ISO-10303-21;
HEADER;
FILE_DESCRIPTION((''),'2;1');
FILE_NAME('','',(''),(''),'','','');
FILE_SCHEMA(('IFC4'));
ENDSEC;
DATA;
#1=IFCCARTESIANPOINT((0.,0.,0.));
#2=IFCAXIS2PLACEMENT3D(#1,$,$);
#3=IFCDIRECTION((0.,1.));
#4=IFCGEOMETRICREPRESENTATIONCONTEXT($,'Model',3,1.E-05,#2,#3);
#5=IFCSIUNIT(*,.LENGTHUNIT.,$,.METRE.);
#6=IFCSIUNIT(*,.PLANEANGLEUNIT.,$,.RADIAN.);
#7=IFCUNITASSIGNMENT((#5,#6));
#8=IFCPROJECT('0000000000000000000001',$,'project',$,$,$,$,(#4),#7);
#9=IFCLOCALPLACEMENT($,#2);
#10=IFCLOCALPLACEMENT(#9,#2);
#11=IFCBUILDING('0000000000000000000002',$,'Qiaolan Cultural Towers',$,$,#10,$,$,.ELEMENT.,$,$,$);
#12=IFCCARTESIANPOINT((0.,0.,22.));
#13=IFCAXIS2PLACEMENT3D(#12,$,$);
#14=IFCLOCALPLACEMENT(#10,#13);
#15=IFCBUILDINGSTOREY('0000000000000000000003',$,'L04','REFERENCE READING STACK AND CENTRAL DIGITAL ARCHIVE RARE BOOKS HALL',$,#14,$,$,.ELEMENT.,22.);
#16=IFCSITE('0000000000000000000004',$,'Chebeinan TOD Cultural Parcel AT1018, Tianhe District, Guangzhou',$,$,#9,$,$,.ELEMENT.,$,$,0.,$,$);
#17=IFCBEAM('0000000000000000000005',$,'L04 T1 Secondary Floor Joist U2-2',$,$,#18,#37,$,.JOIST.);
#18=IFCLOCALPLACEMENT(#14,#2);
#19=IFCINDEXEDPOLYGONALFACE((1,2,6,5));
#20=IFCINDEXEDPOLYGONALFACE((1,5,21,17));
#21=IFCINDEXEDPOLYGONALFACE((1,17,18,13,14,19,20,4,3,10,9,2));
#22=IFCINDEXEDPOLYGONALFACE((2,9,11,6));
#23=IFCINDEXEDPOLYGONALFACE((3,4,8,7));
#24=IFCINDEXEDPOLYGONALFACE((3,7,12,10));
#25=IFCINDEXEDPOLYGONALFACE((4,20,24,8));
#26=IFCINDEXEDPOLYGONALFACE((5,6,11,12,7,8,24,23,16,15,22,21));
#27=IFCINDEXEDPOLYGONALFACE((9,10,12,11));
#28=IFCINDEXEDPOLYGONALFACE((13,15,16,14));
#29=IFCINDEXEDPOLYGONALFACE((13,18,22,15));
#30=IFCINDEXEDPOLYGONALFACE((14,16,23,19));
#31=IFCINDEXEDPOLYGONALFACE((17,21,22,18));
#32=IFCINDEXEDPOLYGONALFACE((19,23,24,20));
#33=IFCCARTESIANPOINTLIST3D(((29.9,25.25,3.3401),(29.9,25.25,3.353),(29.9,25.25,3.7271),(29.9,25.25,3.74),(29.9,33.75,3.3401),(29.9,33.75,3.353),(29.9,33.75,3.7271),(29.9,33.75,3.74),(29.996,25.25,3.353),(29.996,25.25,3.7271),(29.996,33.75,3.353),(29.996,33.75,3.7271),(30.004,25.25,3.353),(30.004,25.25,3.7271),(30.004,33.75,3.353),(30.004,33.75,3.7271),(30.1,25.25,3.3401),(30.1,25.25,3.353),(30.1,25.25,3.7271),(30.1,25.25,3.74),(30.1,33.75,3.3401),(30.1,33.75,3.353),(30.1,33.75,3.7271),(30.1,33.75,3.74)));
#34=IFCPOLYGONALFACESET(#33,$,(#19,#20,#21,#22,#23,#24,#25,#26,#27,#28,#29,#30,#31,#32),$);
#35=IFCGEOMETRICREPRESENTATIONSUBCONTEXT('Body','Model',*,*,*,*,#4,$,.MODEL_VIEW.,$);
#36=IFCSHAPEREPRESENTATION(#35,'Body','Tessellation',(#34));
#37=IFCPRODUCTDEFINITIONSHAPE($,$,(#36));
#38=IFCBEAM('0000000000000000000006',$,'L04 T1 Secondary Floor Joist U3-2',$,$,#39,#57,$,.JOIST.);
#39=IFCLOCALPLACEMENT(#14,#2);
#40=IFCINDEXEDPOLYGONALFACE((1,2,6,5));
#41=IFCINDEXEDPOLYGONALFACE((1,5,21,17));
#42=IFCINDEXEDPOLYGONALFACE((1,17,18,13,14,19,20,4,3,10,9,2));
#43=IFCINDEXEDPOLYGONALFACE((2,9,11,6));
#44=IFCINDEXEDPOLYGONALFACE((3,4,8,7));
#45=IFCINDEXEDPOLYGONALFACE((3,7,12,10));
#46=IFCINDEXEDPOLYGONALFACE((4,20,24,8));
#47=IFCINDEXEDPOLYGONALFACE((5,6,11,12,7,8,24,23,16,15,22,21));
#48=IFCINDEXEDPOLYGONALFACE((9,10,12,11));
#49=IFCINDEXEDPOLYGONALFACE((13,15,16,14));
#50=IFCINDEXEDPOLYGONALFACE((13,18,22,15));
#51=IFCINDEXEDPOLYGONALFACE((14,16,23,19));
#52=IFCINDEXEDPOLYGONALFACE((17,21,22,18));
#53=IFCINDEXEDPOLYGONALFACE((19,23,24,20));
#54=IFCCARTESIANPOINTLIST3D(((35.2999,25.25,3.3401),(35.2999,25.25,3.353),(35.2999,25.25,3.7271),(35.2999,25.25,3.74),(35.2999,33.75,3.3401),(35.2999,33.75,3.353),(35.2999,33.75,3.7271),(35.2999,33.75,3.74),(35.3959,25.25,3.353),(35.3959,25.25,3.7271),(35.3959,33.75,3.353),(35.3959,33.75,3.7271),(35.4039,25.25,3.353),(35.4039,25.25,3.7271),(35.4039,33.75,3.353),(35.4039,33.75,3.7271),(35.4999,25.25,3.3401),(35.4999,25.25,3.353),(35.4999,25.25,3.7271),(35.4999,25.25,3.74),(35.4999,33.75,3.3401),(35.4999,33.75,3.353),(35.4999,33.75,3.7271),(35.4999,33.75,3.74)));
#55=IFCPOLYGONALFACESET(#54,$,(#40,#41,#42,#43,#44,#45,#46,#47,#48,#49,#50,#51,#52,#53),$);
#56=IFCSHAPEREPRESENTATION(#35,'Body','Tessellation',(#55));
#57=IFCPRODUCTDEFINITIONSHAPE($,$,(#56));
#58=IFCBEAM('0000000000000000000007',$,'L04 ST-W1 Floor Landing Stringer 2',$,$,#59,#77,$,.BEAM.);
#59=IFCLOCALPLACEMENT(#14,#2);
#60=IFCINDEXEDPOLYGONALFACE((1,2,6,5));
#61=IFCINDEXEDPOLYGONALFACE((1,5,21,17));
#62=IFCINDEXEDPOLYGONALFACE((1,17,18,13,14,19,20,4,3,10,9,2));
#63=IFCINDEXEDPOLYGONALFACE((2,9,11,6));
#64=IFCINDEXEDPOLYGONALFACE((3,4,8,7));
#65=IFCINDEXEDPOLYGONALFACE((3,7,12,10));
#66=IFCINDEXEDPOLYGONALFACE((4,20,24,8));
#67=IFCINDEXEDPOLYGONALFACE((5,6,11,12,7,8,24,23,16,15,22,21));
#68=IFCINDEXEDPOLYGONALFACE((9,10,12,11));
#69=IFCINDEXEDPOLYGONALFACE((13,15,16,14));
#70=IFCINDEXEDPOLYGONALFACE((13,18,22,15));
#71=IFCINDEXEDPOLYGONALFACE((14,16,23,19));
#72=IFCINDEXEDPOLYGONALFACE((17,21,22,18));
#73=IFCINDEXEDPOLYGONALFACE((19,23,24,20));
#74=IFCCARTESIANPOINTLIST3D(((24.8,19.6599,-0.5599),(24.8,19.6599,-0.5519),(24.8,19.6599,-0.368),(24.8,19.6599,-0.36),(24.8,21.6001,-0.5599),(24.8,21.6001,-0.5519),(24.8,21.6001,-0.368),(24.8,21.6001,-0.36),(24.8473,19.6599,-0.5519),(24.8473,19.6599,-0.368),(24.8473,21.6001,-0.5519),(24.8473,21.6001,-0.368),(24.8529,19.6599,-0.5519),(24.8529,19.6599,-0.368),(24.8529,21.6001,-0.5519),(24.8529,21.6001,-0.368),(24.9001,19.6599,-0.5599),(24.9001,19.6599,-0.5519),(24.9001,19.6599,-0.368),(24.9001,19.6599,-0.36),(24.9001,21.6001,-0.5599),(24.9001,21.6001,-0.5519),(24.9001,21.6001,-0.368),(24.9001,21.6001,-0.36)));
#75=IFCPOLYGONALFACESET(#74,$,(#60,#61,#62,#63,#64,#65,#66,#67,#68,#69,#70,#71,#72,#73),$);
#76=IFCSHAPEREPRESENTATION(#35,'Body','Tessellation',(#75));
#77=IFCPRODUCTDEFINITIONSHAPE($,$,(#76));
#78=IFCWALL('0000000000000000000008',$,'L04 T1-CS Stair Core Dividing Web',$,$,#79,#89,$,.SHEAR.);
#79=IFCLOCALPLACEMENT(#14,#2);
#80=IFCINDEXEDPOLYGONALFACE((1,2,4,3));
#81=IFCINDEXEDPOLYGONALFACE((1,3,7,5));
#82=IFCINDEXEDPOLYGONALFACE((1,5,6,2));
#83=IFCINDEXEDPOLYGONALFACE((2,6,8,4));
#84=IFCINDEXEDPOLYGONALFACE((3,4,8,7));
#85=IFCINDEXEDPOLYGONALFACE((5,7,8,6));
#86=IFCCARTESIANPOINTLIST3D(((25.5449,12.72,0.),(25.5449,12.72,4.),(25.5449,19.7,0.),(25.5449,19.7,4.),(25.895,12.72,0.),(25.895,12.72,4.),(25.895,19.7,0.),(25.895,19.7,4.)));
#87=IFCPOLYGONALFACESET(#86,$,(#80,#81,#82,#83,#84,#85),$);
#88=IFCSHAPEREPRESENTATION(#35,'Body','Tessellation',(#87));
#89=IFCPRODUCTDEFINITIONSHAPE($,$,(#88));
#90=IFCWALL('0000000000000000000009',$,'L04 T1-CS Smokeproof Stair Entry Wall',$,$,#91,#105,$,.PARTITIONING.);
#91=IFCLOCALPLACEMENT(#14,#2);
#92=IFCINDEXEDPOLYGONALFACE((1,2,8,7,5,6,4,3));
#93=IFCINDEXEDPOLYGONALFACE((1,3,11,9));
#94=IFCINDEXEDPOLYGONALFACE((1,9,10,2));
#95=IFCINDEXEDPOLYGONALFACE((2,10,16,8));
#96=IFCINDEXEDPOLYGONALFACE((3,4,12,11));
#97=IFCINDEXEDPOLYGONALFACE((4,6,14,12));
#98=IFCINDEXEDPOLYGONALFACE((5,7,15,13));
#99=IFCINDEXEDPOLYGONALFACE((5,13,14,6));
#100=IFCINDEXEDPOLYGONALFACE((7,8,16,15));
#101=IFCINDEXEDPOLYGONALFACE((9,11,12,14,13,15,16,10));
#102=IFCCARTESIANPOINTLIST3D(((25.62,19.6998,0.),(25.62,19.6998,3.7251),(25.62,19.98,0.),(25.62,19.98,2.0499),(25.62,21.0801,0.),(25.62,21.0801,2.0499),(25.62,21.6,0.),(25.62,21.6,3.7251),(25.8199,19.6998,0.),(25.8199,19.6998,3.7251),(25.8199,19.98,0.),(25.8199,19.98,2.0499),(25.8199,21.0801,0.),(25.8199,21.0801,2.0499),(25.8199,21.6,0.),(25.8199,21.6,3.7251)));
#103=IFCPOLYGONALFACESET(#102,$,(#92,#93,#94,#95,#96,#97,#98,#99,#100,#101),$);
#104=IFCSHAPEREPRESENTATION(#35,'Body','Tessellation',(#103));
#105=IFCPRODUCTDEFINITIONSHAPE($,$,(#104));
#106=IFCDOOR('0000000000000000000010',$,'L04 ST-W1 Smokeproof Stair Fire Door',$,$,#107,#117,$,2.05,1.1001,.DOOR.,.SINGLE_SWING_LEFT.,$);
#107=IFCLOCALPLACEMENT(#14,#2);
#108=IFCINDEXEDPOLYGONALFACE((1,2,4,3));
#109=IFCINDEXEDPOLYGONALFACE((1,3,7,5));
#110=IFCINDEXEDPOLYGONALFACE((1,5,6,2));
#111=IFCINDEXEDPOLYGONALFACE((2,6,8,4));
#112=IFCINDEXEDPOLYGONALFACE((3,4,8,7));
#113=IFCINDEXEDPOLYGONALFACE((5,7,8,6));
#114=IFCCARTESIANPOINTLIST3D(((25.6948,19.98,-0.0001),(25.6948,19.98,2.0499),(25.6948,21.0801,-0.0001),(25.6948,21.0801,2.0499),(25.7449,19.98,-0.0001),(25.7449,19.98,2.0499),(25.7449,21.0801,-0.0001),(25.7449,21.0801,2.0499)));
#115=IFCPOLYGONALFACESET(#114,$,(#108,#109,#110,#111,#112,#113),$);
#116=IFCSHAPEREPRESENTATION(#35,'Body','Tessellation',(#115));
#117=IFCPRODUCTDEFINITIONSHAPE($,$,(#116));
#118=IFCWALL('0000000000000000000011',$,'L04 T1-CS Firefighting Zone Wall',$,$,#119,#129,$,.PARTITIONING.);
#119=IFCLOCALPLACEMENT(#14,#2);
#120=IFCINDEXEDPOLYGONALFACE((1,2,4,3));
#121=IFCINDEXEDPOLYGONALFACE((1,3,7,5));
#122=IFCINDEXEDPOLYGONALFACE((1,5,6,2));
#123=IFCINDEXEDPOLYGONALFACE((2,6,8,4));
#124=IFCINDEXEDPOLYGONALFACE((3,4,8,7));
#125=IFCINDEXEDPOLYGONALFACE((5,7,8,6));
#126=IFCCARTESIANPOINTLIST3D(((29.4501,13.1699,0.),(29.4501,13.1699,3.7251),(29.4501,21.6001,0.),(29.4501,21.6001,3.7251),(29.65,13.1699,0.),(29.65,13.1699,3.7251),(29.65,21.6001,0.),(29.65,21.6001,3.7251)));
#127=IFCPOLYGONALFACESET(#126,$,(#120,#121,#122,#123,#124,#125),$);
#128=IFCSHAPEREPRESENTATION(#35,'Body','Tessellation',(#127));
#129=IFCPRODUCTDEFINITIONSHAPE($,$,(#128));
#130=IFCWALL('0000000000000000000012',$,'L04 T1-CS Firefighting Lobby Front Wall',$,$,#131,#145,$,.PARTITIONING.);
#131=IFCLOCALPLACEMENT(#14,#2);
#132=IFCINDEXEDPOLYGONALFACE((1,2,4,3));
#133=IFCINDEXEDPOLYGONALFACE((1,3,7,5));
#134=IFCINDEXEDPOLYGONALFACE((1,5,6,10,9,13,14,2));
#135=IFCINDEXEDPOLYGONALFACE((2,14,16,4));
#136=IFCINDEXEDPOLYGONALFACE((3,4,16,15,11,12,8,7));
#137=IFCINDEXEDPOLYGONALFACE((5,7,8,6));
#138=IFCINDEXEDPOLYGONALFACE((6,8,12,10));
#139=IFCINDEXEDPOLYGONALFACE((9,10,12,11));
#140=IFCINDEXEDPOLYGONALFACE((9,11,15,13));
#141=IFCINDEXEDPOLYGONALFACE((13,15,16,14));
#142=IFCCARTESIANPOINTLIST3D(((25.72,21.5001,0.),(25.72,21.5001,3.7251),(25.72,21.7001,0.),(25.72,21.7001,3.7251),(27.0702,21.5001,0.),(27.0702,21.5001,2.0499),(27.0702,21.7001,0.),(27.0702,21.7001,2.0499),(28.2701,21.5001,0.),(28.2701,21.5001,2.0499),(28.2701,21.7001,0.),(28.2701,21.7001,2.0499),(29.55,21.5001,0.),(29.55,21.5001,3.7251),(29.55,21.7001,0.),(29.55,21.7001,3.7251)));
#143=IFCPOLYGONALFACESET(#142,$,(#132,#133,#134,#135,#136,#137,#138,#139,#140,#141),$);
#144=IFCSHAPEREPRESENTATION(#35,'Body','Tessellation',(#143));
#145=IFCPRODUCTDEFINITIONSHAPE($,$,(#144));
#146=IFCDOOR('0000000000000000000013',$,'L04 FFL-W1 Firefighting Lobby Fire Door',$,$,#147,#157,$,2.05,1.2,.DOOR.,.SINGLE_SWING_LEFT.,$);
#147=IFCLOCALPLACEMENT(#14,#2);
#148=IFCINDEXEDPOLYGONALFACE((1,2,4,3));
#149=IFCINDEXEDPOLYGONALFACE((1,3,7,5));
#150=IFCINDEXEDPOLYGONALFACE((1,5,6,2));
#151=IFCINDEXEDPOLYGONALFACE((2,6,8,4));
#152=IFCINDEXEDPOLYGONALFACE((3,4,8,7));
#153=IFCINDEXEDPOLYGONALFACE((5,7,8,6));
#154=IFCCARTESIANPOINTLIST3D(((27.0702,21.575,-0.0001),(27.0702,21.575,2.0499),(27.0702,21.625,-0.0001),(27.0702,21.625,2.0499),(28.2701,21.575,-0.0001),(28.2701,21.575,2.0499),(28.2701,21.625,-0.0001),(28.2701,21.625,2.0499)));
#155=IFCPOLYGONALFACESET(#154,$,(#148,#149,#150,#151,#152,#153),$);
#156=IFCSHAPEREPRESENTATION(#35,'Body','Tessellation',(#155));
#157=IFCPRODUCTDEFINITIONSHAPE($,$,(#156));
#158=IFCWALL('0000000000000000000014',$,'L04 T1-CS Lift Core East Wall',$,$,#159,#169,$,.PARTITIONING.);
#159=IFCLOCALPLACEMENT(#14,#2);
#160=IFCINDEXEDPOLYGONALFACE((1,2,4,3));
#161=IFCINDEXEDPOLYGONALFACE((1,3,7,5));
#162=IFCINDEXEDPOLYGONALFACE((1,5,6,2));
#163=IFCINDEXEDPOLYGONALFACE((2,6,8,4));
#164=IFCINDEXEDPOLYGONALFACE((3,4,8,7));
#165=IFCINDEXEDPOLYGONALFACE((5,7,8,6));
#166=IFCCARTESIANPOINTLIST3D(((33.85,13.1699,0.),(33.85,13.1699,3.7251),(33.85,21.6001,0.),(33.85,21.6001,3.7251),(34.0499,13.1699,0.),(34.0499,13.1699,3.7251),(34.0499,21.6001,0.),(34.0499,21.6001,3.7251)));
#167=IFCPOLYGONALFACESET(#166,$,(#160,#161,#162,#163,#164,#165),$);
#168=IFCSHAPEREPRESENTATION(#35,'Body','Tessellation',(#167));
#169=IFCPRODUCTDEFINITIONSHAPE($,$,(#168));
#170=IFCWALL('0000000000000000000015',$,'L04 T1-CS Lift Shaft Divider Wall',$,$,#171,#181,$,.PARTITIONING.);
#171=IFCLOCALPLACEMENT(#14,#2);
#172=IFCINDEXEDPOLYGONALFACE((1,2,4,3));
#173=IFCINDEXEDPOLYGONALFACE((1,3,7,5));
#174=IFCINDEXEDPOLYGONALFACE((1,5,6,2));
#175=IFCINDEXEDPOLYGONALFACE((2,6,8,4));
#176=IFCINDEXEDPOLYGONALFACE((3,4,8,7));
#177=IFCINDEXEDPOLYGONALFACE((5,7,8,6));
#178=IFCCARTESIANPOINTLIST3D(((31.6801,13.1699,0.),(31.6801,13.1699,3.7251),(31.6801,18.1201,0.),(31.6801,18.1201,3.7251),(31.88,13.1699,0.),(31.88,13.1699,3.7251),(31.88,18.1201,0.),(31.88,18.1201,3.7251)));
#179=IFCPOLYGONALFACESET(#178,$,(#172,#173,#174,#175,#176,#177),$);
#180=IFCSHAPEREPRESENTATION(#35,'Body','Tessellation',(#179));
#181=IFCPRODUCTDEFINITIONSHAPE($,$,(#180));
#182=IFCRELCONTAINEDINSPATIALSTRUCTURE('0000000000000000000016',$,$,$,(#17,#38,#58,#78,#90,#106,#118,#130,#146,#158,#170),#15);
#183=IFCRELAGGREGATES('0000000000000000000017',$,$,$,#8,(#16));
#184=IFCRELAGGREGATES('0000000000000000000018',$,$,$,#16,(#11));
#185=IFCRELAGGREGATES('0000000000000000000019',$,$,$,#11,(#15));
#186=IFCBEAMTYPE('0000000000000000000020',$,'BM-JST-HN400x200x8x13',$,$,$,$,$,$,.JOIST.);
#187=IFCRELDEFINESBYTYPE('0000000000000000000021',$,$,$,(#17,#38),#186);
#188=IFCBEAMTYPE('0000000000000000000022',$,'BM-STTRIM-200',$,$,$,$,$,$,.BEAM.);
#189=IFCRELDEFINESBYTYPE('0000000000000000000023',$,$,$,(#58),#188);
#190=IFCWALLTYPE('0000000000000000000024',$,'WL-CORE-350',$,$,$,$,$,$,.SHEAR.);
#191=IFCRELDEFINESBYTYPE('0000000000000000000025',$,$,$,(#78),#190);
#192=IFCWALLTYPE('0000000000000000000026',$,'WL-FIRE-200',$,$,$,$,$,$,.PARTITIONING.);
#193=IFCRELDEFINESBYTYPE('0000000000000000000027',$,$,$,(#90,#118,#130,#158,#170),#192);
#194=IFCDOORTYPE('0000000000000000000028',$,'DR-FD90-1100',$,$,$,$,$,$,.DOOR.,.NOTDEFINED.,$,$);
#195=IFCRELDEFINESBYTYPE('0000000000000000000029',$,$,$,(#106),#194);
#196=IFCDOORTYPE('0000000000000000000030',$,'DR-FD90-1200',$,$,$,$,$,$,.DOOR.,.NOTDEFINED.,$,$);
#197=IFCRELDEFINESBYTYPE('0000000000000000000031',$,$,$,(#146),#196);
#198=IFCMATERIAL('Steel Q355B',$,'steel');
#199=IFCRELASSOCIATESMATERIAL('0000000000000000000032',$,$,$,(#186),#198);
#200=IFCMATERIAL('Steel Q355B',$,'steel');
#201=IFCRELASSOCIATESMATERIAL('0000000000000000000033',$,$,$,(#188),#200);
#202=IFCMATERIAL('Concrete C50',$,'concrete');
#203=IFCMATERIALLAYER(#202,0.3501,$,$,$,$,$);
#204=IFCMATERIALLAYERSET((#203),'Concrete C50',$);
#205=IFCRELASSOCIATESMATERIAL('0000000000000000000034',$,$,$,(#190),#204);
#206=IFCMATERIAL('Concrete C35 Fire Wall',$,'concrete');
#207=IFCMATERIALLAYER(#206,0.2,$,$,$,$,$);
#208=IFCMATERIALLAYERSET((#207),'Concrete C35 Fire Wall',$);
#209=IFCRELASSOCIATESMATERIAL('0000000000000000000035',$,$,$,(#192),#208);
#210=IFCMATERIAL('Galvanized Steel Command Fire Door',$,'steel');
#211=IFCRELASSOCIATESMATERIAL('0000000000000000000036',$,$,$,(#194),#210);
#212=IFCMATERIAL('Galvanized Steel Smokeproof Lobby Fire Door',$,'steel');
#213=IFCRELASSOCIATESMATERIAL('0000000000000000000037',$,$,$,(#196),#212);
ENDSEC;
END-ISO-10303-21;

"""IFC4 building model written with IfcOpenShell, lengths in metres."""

from ifc_helpers import new_model, si_unit, direction, frame, frame_2d, origin, origin_2d, place, context, subcontext, project, spatial, rectangle, i_section, extrude, material, layer, layer_set, material_profile, profile_set, type_object, element, fill, save


model = new_model("IFC4")

# Units and contexts
model_context = context("Model", 3, precision=1e-05, world=origin(), true_north=direction((0.0, 1.0)))
body_context = subcontext(model_context, "Body", "Model", "MODEL_VIEW")
ifc_project = project(units=[si_unit("LENGTHUNIT", "METRE"), si_unit("PLANEANGLEUNIT", "RADIAN")], contexts=[model_context])

# Site, building, storey
site_placement = place(None, origin())
site = spatial("IfcSite", under=ifc_project, at=site_placement, Name="Chebeinan TOD Cultural Parcel AT1018, Tianhe District, Guangzhou", CompositionType="ELEMENT", RefElevation=0.0)
building_placement = place(site_placement, origin())
building = spatial("IfcBuilding", under=site, at=building_placement, Name="Qiaolan Cultural Towers", CompositionType="ELEMENT")
storey_placement = place(building_placement, frame((0.0, 0.0, 22.0)))
storey = spatial("IfcBuildingStorey", under=building, at=storey_placement, Name="L04", Description="REFERENCE READING STACK AND CENTRAL DIGITAL ARCHIVE RARE BOOKS HALL", CompositionType="ELEMENT", Elevation=22.0)

# Beams
ifc_material_1 = material(Name="Steel Q355B", Category="steel")
ifc_material_profile_1 = material_profile(ifc_material_1, i_section(OverallWidth=0.2, OverallDepth=0.3999, WebThickness=0.0081, FlangeThickness=0.0129, at=origin_2d()), Name="HN400x200x8x13")
ifc_profile_set_1 = profile_set([ifc_material_profile_1], Name="Steel Q355B")
beam_type_1 = type_object("IfcBeamType", Name="BM-JST-HN400x200x8x13", PredefinedType="JOIST", material=ifc_profile_set_1)
for number, where, z_axis, x_axis, name in (
    (1, (30.0, 25.25, 3.54), (0.0, 1.0, 0.0), (-1.0, 0.0, 0.0), "L04 T1 Secondary Floor Joist U2-2"),
    (2, (35.3999, 25.25, 3.54), (0.0, 1.0, 0.0), (-1.0, 0.0, 0.0), "L04 T1 Secondary Floor Joist U3-2"),
):
    element("IfcBeam", number, at=place(storey_placement, frame(where, z_axis=z_axis, x_axis=x_axis)), inside=storey, type_object=beam_type_1, Name=name, PredefinedType="JOIST", context=body_context, shape_type="SweptSolid", body=[
        extrude(i_section(OverallWidth=0.2, OverallDepth=0.3999, WebThickness=0.0081, FlangeThickness=0.0129, at=origin_2d()), origin(), (0.0, 0.0, 1.0), 8.5),
    ])
ifc_material_2 = material(Name="Steel Q355B", Category="steel")
ifc_material_profile_2 = material_profile(ifc_material_2, i_section(OverallWidth=0.1001, OverallDepth=0.2, WebThickness=0.0056, FlangeThickness=0.0081, at=origin_2d()), Name="HN200x100x5.5x8")
ifc_profile_set_2 = profile_set([ifc_material_profile_2], Name="Steel Q355B")
beam_type_2 = type_object("IfcBeamType", Name="BM-STTRIM-200", PredefinedType="BEAM", material=ifc_profile_set_2)
beam_placement = place(storey_placement, frame((24.8501, 21.6001, -0.46), z_axis=(0.0, -1.0, 0.0), x_axis=(1.0, 0.0, 0.0)))
element("IfcBeam", 3, at=beam_placement, inside=storey, type_object=beam_type_2, Name="L04 ST-W1 Floor Landing Stringer 2", PredefinedType="BEAM", context=body_context, shape_type="SweptSolid", body=[
    extrude(i_section(OverallWidth=0.1001, OverallDepth=0.2, WebThickness=0.0056, FlangeThickness=0.0081, at=origin_2d()), origin(), (0.0, 0.0, 1.0), 1.9402),
])

# Wall
ifc_material_3 = material(Name="Concrete C50", Category="concrete")
ifc_layer_1 = layer(ifc_material_3, 0.3501)
ifc_layer_set_1 = layer_set([ifc_layer_1], Name="Concrete C50")
wall_type_1 = type_object("IfcWallType", Name="WL-CORE-350", PredefinedType="SHEAR", material=ifc_layer_set_1)
wall_1_placement = place(storey_placement, frame((25.72, 19.7, 0.0), z_axis=(0.0, 0.0, 1.0), x_axis=(0.0, -1.0, 0.0)))
element("IfcWall", 4, at=wall_1_placement, inside=storey, type_object=wall_type_1, Name="L04 T1-CS Stair Core Dividing Web", PredefinedType="SHEAR", context=body_context, shape_type="SweptSolid", body=[
    extrude(rectangle(XDim=6.98, YDim=0.3501, at=frame_2d((3.49, 0.0))), origin(), (0.0, 0.0, 1.0), 4.0),
])

# Wall, opening, door
ifc_material_4 = material(Name="Concrete C35 Fire Wall", Category="concrete")
ifc_layer_2 = layer(ifc_material_4, 0.2)
ifc_layer_set_2 = layer_set([ifc_layer_2], Name="Concrete C35 Fire Wall")
wall_type_2 = type_object("IfcWallType", Name="WL-FIRE-200", PredefinedType="PARTITIONING", material=ifc_layer_set_2)
wall_2_placement = place(storey_placement, frame((25.72, 21.6001, 0.0), z_axis=(0.0, 0.0, 1.0), x_axis=(0.0, -1.0, 0.0)))
wall_2 = element("IfcWall", 5, at=wall_2_placement, inside=storey, type_object=wall_type_2, Name="L04 T1-CS Smokeproof Stair Entry Wall", PredefinedType="PARTITIONING", context=body_context, shape_type="SweptSolid", body=[
    extrude(rectangle(XDim=1.9001, YDim=0.2, at=frame_2d((0.9502, 0.0))), origin(), (0.0, 0.0, 1.0), 3.7251),
])
opening_1_placement = place(wall_2_placement, frame((0.52, 0.0, 0.0)))
opening_1 = element("IfcOpeningElement", 6, at=opening_1_placement, cuts=wall_2, PredefinedType="OPENING", context=body_context, shape_type="SweptSolid", body=[
    extrude(rectangle(XDim=1.1001, YDim=2.05, at=frame_2d((0.55, 1.0249))), frame((0.0, 0.1099, 0.0), z_axis=(0.0, -1.0, 0.0), x_axis=(1.0, 0.0, 0.0)), (0.0, 0.0, 1.0), 0.22),
])
ifc_material_5 = material(Name="Galvanized Steel Command Fire Door", Category="steel")
door_type_1 = type_object("IfcDoorType", Name="DR-FD90-1100", OperationType="NOTDEFINED", PredefinedType="DOOR", material=ifc_material_5)
door_1_placement = place(opening_1_placement, origin())
door_1 = element("IfcDoor", 7, at=door_1_placement, inside=storey, type_object=door_type_1, Name="L04 ST-W1 Smokeproof Stair Fire Door", OperationType="SINGLE_SWING_LEFT", OverallHeight=2.05, OverallWidth=1.1001, PredefinedType="DOOR", context=body_context, shape_type="SweptSolid", body=[
    extrude(rectangle(XDim=1.1001, YDim=2.05, at=frame_2d((0.55, 1.0249))), frame((0.0, 0.0249, 0.0), z_axis=(0.0, -1.0, 0.0), x_axis=(1.0, 0.0, 0.0)), (0.0, 0.0, 1.0), 0.05),
])
fill(opening_1, door_1)

# Wall
wall_3_placement = place(storey_placement, frame((29.55, 21.6001, 0.0), z_axis=(0.0, 0.0, 1.0), x_axis=(0.0, -1.0, 0.0)))
element("IfcWall", 8, at=wall_3_placement, inside=storey, type_object=wall_type_2, Name="L04 T1-CS Firefighting Zone Wall", PredefinedType="PARTITIONING", context=body_context, shape_type="SweptSolid", body=[
    extrude(rectangle(XDim=8.4302, YDim=0.2, at=frame_2d((4.2151, 0.0))), origin(), (0.0, 0.0, 1.0), 3.7251),
])

# Wall, opening, door
wall_4_placement = place(storey_placement, frame((25.72, 21.6001, 0.0), z_axis=(0.0, 0.0, 1.0), x_axis=(1.0, 0.0, 0.0)))
wall_4 = element("IfcWall", 9, at=wall_4_placement, inside=storey, type_object=wall_type_2, Name="L04 T1-CS Firefighting Lobby Front Wall", PredefinedType="PARTITIONING", context=body_context, shape_type="SweptSolid", body=[
    extrude(rectangle(XDim=3.8301, YDim=0.2, at=frame_2d((1.915, 0.0))), origin(), (0.0, 0.0, 1.0), 3.7251),
])
opening_2_placement = place(wall_4_placement, frame((1.3501, 0.0, 0.0)))
opening_2 = element("IfcOpeningElement", 10, at=opening_2_placement, cuts=wall_4, PredefinedType="OPENING", context=body_context, shape_type="SweptSolid", body=[
    extrude(rectangle(XDim=1.2, YDim=2.05, at=frame_2d((0.6001, 1.0249))), frame((0.0, 0.1099, 0.0), z_axis=(0.0, -1.0, 0.0), x_axis=(1.0, 0.0, 0.0)), (0.0, 0.0, 1.0), 0.22),
])
ifc_material_6 = material(Name="Galvanized Steel Smokeproof Lobby Fire Door", Category="steel")
door_type_2 = type_object("IfcDoorType", Name="DR-FD90-1200", OperationType="NOTDEFINED", PredefinedType="DOOR", material=ifc_material_6)
door_2_placement = place(opening_2_placement, origin())
door_2 = element("IfcDoor", 11, at=door_2_placement, inside=storey, type_object=door_type_2, Name="L04 FFL-W1 Firefighting Lobby Fire Door", OperationType="SINGLE_SWING_LEFT", OverallHeight=2.05, OverallWidth=1.2, PredefinedType="DOOR", context=body_context, shape_type="SweptSolid", body=[
    extrude(rectangle(XDim=1.2, YDim=2.05, at=frame_2d((0.6001, 1.0249))), frame((0.0, 0.0249, 0.0), z_axis=(0.0, -1.0, 0.0), x_axis=(1.0, 0.0, 0.0)), (0.0, 0.0, 1.0), 0.05),
])
fill(opening_2, door_2)

# Walls
wall_5_placement = place(storey_placement, frame((33.95, 21.6001, 0.0), z_axis=(0.0, 0.0, 1.0), x_axis=(0.0, -1.0, 0.0)))
element("IfcWall", 12, at=wall_5_placement, inside=storey, type_object=wall_type_2, Name="L04 T1-CS Lift Core East Wall", PredefinedType="PARTITIONING", context=body_context, shape_type="SweptSolid", body=[
    extrude(rectangle(XDim=8.4302, YDim=0.2, at=frame_2d((4.2151, 0.0))), origin(), (0.0, 0.0, 1.0), 3.7251),
])
wall_6_placement = place(storey_placement, frame((31.78, 18.1201, 0.0), z_axis=(0.0, 0.0, 1.0), x_axis=(0.0, -1.0, 0.0)))
element("IfcWall", 13, at=wall_6_placement, inside=storey, type_object=wall_type_2, Name="L04 T1-CS Lift Shaft Divider Wall", PredefinedType="PARTITIONING", context=body_context, shape_type="SweptSolid", body=[
    extrude(rectangle(XDim=4.9502, YDim=0.2, at=frame_2d((2.4751, 0.0))), origin(), (0.0, 0.0, 1.0), 3.7251),
])

save(model, "model.ifc")
